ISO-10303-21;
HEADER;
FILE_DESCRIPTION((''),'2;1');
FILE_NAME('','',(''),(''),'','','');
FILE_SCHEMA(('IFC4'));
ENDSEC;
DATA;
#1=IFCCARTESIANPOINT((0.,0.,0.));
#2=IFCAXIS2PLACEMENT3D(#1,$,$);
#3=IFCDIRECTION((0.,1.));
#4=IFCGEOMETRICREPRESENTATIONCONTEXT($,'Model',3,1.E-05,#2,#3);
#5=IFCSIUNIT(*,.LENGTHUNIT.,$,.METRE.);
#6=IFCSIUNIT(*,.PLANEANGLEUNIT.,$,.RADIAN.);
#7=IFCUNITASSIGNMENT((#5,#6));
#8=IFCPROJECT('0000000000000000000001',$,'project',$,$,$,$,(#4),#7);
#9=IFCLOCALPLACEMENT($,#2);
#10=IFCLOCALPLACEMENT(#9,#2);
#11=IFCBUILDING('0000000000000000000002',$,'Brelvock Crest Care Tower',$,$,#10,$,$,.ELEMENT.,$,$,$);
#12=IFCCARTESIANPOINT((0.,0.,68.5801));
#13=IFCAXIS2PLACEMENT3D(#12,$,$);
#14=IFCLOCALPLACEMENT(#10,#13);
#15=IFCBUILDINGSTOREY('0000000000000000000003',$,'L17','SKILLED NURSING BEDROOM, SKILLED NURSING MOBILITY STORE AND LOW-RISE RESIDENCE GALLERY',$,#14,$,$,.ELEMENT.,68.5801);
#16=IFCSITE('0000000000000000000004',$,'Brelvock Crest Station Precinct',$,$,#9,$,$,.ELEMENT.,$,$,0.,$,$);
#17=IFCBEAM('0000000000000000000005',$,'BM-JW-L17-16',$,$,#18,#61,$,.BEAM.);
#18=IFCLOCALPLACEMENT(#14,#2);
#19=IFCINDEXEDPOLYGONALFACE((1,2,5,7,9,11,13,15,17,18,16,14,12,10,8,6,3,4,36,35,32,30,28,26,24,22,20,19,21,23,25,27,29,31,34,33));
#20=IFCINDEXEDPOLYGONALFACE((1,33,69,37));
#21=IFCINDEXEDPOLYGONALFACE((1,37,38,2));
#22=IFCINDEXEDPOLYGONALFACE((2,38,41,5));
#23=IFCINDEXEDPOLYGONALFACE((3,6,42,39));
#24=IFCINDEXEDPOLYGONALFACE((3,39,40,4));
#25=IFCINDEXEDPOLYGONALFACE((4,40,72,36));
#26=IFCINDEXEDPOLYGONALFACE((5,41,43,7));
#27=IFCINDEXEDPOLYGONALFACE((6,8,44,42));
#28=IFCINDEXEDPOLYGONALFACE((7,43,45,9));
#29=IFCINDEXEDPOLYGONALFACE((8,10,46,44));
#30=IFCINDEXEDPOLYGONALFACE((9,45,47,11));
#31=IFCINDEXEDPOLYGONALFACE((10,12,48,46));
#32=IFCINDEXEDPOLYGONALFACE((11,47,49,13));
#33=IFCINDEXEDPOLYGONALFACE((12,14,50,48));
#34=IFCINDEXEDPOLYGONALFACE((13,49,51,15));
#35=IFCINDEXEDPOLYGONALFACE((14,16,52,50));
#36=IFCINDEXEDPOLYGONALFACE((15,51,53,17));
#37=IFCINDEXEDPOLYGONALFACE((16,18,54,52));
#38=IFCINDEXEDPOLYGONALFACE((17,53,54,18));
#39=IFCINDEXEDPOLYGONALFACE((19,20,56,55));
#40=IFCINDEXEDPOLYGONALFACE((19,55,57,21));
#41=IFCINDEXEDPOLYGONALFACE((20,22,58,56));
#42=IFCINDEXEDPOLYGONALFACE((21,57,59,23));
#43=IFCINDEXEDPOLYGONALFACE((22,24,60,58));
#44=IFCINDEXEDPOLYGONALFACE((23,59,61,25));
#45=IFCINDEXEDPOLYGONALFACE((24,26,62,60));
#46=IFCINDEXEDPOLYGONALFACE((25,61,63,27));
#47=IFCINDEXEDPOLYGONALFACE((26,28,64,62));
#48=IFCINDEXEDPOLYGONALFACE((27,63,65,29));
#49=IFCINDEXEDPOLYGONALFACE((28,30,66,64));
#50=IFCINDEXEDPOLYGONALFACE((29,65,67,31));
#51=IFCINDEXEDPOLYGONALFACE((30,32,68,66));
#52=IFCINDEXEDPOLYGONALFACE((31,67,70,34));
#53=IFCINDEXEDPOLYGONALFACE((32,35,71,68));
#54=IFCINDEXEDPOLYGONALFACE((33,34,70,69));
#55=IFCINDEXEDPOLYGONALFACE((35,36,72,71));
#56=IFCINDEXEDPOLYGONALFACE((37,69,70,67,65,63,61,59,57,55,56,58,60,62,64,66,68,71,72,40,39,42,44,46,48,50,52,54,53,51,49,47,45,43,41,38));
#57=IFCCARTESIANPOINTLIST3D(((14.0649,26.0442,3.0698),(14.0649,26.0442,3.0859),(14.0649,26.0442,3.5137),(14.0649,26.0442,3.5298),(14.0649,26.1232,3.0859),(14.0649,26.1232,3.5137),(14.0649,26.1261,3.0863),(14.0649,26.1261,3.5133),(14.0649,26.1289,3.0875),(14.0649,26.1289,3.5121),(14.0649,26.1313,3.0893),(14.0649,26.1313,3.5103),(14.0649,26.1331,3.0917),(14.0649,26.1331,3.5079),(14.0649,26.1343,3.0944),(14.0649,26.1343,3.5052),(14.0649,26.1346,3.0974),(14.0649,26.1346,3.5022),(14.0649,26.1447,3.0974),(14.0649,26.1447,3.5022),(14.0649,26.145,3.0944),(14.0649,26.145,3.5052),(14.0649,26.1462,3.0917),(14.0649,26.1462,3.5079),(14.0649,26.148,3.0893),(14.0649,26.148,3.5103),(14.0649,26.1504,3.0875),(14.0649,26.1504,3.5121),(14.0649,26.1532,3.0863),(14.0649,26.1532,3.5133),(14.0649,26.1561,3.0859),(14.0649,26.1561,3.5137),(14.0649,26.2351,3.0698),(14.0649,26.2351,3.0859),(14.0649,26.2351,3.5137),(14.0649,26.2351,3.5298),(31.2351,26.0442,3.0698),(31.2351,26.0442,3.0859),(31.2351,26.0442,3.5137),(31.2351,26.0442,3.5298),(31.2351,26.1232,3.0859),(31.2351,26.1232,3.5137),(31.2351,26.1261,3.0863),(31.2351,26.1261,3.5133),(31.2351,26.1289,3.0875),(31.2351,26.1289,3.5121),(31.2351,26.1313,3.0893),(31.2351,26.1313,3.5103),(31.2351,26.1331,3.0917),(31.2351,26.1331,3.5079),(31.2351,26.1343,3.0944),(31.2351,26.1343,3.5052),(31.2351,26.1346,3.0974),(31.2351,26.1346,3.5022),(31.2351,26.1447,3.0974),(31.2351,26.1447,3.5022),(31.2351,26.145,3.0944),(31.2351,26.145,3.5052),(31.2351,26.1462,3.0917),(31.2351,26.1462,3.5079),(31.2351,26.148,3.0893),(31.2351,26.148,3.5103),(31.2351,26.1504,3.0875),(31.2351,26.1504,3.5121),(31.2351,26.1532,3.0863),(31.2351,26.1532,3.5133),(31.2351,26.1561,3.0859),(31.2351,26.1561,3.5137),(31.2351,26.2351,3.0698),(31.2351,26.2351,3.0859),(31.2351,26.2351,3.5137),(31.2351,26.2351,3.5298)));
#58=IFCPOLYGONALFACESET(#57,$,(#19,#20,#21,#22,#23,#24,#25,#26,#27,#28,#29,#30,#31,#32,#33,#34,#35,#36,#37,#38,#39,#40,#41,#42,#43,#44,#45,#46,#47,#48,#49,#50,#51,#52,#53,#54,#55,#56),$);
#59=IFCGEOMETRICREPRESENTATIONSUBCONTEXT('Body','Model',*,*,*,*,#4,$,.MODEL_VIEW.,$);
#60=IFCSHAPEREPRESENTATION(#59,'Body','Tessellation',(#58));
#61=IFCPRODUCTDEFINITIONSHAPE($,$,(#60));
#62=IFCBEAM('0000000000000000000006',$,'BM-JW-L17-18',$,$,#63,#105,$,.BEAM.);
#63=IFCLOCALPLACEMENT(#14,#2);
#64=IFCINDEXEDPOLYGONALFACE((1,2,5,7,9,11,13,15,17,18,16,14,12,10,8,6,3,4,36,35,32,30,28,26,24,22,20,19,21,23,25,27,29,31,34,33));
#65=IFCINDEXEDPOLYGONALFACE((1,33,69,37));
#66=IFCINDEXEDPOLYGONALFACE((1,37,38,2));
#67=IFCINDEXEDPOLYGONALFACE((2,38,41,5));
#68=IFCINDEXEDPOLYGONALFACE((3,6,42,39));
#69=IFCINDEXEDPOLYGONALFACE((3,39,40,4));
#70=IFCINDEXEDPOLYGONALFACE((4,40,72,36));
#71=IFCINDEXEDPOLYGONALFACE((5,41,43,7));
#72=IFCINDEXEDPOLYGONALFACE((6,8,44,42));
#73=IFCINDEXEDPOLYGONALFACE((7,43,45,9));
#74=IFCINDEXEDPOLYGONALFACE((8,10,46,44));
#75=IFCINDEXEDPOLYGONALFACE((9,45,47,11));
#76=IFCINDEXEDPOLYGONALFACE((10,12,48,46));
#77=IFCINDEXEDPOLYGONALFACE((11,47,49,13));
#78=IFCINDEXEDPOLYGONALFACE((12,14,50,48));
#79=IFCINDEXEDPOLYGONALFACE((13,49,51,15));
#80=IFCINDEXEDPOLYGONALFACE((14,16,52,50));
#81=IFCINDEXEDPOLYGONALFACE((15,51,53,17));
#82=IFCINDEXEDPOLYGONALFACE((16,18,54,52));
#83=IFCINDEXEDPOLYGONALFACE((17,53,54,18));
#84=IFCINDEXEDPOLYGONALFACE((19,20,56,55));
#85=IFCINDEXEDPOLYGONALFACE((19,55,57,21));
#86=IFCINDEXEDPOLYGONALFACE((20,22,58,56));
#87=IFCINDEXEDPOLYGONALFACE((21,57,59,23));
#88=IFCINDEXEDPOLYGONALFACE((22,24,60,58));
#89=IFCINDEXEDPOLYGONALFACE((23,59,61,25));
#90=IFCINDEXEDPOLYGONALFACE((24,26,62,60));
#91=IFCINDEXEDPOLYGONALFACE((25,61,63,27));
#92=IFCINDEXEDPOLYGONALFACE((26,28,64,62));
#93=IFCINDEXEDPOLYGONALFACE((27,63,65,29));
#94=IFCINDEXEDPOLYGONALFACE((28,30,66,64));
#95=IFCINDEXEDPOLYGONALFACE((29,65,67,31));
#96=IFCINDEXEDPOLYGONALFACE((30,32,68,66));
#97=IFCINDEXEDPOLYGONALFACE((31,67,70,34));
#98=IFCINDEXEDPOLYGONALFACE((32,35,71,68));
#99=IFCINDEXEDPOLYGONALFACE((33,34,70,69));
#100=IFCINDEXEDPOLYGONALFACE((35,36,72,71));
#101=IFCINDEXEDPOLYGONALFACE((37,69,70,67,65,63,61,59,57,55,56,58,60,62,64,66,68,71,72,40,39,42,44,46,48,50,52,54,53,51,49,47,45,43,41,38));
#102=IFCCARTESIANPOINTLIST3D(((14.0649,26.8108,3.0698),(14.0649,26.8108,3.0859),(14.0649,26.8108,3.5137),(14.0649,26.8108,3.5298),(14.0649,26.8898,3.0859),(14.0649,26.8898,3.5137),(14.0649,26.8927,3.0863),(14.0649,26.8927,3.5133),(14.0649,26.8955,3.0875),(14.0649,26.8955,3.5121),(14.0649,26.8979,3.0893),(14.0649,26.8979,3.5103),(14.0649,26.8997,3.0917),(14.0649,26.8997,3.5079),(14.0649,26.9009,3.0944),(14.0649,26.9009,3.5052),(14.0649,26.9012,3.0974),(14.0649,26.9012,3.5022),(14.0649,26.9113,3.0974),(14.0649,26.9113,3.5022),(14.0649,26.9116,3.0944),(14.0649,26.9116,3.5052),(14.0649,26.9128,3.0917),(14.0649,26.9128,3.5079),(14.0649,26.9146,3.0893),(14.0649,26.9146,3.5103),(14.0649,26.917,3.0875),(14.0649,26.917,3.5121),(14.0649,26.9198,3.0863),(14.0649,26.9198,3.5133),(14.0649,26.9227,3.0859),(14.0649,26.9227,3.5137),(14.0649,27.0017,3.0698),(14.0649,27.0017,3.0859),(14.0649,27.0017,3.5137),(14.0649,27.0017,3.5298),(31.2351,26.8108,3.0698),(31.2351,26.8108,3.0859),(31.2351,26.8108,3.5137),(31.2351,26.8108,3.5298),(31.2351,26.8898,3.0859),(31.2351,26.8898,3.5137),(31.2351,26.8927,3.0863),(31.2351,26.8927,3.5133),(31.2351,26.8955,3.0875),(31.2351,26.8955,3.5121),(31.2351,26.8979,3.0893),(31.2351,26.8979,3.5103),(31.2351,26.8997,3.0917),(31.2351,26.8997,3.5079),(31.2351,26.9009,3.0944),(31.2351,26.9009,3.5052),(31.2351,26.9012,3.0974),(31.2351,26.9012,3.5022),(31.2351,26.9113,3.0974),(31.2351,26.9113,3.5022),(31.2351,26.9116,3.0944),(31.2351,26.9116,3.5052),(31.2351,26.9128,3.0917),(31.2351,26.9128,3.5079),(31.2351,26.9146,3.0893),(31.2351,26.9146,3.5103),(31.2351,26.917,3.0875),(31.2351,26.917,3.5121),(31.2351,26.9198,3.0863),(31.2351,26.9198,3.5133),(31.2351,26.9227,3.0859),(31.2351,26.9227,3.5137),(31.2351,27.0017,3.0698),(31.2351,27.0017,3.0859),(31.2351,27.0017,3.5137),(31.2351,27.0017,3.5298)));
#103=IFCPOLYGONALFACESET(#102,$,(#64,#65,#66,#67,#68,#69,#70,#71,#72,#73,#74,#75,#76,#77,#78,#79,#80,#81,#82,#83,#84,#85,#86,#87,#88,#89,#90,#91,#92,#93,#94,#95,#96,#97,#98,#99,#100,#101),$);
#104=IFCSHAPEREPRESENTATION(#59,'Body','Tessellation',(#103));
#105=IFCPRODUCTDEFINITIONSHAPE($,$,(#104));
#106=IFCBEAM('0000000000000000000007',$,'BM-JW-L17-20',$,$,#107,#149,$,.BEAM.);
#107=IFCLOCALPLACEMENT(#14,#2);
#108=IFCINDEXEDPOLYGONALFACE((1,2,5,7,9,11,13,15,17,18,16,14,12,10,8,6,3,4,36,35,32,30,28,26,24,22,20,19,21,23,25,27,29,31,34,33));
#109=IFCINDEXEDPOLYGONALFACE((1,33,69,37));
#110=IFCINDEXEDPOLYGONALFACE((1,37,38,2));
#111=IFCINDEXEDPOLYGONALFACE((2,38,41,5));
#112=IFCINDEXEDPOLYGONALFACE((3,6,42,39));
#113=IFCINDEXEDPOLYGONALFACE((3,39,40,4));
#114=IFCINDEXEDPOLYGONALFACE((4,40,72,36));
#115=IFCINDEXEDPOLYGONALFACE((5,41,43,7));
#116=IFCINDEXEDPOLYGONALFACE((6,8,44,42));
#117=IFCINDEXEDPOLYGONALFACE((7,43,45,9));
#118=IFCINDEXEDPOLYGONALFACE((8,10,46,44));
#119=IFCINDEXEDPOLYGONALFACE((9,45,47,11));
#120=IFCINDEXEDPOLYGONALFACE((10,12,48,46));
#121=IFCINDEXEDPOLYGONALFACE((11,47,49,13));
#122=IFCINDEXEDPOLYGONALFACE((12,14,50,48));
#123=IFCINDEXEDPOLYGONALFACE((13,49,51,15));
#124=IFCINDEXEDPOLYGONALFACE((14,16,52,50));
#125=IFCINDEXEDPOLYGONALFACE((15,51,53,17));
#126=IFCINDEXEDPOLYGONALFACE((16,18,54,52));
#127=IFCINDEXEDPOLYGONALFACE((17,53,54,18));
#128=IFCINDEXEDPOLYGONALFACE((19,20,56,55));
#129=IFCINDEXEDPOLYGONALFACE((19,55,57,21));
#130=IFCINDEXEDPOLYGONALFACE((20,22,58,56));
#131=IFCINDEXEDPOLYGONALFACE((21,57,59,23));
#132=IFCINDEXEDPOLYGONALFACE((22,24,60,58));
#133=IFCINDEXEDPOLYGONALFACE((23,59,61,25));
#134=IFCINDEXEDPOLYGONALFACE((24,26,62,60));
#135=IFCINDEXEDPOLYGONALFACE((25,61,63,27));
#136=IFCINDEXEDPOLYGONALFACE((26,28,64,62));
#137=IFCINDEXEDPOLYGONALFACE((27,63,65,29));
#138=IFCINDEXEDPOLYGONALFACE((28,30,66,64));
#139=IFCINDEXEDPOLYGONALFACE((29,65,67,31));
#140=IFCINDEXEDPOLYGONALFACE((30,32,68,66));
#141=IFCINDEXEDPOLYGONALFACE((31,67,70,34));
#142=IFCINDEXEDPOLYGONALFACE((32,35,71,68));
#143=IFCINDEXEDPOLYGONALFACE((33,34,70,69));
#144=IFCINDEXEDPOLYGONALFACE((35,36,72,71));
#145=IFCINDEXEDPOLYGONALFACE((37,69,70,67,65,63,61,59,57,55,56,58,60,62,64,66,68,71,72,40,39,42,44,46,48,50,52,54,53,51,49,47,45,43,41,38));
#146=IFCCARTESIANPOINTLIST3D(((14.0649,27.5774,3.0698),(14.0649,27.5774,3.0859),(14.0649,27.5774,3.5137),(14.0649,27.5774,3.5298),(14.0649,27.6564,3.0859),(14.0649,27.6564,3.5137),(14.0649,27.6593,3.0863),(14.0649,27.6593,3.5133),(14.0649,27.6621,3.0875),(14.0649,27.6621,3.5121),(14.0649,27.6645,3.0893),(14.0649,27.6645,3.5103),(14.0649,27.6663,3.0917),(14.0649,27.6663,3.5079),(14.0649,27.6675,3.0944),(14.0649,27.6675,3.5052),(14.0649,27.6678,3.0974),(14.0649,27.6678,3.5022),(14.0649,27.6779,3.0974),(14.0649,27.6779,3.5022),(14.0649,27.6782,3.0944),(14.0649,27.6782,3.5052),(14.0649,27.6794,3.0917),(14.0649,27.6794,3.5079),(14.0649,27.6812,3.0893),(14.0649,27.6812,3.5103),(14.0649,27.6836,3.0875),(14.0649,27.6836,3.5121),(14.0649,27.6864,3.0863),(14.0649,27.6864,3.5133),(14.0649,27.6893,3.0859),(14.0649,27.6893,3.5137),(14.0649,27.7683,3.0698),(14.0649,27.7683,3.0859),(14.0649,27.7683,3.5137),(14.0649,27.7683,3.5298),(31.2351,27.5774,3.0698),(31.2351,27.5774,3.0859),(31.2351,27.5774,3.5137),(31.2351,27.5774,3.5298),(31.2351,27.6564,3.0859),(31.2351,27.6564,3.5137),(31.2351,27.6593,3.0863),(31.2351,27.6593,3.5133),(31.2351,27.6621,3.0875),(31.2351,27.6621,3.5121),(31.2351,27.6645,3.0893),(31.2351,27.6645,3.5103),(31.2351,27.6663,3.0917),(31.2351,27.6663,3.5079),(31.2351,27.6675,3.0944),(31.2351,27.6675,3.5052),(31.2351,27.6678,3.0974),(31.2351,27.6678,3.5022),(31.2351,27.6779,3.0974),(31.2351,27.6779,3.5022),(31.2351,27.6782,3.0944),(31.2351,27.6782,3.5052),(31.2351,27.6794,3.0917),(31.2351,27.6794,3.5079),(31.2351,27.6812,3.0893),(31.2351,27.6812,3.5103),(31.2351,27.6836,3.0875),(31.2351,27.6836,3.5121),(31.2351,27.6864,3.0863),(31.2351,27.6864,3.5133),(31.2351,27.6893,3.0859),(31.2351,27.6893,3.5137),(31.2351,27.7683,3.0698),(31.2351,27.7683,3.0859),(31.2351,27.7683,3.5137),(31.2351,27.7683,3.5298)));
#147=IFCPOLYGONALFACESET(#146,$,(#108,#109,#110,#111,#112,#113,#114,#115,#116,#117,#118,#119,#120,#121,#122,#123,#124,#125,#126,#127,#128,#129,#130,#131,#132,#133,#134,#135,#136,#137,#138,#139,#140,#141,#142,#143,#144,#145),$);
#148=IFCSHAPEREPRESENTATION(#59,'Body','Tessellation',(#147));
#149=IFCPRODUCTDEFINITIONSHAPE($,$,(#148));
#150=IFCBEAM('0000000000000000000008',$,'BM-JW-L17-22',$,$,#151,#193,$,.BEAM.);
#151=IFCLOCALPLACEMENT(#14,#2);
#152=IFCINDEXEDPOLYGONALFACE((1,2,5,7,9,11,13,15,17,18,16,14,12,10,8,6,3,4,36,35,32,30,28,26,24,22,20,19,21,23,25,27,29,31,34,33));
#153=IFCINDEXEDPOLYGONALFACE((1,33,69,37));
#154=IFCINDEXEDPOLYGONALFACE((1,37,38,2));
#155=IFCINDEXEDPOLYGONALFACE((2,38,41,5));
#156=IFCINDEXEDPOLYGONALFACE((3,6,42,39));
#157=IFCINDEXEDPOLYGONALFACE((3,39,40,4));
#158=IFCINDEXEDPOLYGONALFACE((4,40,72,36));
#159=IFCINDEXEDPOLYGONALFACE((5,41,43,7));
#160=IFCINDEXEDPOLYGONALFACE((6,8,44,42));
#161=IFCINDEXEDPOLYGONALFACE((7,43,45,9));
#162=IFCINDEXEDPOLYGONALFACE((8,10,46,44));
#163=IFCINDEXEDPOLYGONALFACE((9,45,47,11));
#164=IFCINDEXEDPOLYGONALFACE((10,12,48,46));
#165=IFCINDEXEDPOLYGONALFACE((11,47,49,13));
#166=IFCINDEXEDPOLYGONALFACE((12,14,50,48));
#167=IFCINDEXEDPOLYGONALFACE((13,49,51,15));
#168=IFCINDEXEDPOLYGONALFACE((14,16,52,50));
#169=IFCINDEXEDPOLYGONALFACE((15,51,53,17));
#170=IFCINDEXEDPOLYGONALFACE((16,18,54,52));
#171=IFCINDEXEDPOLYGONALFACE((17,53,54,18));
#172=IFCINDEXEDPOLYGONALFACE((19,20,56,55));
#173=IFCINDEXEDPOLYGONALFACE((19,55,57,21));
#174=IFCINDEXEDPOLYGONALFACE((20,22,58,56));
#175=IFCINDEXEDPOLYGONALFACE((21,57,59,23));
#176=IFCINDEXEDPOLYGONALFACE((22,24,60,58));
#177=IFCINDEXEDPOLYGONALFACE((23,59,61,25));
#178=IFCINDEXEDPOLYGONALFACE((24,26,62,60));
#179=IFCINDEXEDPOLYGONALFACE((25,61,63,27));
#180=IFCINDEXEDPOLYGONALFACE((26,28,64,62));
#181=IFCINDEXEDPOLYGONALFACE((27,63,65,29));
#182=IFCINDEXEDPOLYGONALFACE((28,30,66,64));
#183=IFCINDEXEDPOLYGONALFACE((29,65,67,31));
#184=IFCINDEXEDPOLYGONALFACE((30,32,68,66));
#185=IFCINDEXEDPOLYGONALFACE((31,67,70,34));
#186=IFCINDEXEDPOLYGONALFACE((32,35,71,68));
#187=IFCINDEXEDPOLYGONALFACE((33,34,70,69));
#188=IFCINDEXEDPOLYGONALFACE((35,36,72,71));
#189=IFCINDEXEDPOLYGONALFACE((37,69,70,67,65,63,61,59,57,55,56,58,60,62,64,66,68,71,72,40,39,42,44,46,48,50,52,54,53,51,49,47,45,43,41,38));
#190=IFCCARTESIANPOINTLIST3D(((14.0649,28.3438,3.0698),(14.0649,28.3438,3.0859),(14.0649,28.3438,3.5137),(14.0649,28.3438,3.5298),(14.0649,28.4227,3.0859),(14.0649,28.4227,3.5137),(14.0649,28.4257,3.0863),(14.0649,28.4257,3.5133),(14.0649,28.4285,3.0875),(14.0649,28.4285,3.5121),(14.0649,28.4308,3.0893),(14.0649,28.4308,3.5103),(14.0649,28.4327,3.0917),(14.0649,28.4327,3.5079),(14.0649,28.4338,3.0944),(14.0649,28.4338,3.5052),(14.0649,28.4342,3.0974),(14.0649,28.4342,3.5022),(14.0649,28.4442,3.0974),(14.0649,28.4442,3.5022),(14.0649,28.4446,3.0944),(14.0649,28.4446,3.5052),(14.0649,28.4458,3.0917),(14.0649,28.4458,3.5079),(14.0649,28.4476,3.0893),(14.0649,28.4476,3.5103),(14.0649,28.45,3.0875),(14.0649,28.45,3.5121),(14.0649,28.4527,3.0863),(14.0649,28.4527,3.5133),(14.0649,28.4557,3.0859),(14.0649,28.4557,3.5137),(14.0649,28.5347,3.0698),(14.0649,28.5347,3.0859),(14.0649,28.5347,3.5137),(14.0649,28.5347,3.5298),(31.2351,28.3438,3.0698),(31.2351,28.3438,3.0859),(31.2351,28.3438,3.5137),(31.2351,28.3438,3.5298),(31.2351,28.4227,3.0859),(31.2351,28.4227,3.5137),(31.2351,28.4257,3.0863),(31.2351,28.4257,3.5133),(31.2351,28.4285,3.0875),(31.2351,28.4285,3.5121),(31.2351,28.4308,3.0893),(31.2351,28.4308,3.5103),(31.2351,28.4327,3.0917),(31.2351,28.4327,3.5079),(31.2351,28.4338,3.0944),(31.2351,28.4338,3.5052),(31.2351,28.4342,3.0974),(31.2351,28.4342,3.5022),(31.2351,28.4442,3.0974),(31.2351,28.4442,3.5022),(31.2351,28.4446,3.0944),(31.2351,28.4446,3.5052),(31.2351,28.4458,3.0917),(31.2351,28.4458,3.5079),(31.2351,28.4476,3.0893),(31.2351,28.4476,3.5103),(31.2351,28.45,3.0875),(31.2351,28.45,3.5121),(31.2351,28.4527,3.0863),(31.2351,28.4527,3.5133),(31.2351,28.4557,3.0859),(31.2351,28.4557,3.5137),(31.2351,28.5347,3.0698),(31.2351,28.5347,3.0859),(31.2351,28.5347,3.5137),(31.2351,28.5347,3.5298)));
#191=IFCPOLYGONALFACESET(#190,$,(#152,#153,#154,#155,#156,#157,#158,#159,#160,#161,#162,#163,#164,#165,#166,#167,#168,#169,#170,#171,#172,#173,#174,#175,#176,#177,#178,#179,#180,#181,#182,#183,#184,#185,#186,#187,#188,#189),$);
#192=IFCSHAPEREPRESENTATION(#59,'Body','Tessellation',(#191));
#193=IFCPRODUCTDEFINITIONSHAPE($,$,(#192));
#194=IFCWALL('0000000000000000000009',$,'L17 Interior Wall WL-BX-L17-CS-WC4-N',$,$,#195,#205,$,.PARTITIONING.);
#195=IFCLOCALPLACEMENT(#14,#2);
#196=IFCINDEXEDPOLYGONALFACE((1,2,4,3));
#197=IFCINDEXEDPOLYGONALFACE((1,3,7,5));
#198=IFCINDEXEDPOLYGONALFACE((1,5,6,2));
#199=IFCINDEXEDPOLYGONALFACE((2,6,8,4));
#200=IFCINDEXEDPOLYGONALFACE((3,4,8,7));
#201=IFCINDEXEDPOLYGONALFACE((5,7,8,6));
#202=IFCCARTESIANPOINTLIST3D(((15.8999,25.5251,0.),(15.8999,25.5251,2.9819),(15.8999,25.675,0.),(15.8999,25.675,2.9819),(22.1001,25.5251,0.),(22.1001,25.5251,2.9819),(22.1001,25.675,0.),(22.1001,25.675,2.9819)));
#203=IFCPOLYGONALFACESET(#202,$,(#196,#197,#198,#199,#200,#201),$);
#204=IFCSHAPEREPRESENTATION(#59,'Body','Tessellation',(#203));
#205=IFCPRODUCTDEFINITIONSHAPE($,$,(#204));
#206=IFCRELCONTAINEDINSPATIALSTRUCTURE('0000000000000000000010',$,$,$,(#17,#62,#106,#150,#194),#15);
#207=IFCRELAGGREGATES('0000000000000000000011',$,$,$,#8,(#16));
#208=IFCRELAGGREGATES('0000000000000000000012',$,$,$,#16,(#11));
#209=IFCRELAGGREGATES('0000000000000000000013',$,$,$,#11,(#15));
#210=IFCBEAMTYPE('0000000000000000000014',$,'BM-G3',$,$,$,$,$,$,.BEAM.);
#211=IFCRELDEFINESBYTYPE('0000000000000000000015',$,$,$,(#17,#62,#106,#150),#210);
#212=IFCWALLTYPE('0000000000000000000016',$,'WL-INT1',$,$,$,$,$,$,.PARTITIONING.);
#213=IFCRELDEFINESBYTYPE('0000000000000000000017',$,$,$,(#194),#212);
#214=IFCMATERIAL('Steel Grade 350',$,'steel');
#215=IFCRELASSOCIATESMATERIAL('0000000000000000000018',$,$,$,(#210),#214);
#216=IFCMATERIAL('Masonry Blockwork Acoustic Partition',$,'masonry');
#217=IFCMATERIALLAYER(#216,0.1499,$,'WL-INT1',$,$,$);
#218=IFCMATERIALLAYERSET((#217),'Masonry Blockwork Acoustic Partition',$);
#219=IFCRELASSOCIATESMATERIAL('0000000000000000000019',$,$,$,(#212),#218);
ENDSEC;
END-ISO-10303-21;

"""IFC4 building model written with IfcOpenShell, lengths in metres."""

from ifc_helpers import new_model, si_unit, direction, frame, frame_2d, origin, origin_2d, place, context, subcontext, project, spatial, rectangle, i_section, extrude, source, transform, mapped, material, layer, layer_set, material_profile, profile_set, type_object, element, save


model = new_model("IFC4")

# Units and contexts
model_context = context("Model", 3, precision=1e-05, world=origin(), true_north=direction((0.0, 1.0)))
body_context = subcontext(model_context, "Body", "Model", "MODEL_VIEW")
ifc_project = project(units=[si_unit("LENGTHUNIT", "METRE"), si_unit("PLANEANGLEUNIT", "RADIAN")], contexts=[model_context])

# Site, building, storey
site_placement = place(None, origin())
site = spatial("IfcSite", under=ifc_project, at=site_placement, Name="Brelvock Crest Station Precinct", CompositionType="ELEMENT", RefElevation=0.0)
building_placement = place(site_placement, origin())
building = spatial("IfcBuilding", under=site, at=building_placement, Name="Brelvock Crest Care Tower", CompositionType="ELEMENT")
storey_placement = place(building_placement, frame((0.0, 0.0, 68.5801)))
storey = spatial("IfcBuildingStorey", under=building, at=storey_placement, Name="L17", Description="SKILLED NURSING BEDROOM, SKILLED NURSING MOBILITY STORE AND LOW-RISE RESIDENCE GALLERY", CompositionType="ELEMENT", Elevation=68.5801)

# Beams
ifc_material_1 = material(Name="Steel Grade 350", Category="steel")
ifc_material_profile_1 = material_profile(ifc_material_1, i_section(OverallWidth=0.1909, OverallDepth=0.46, WebThickness=0.01, FlangeThickness=0.0161, FilletRadius=0.0115, at=origin_2d()), Name="460UB82.1")
ifc_profile_set_1 = profile_set([ifc_material_profile_1], Name="Steel Grade 350")
beam_type_1 = type_object("IfcBeamType", Name="BM-G3", PredefinedType="BEAM", material=ifc_profile_set_1)
shared_shape_1 = source(origin(), body_context, "Body", "SweptSolid", [
    extrude(i_section(OverallWidth=0.1909, OverallDepth=0.46, WebThickness=0.01, FlangeThickness=0.0161, FilletRadius=0.0115, at=origin_2d()), origin(), (0.0, 0.0, 1.0), 17.1702),
])
for number, where, z_axis, x_axis, name in (
    (1, (14.0649, 26.1396, 3.2998), (1.0, 0.0, 0.0), (0.0, 1.0, 0.0), "BM-JW-L17-16"),
    (2, (14.0649, 26.9062, 3.2998), (1.0, 0.0, 0.0), (0.0, 1.0, 0.0), "BM-JW-L17-18"),
    (3, (14.0649, 27.6729, 3.2998), (1.0, 0.0, 0.0), (0.0, 1.0, 0.0), "BM-JW-L17-20"),
    (4, (14.0649, 28.4392, 3.2998), (1.0, 0.0, 0.0), (0.0, 1.0, 0.0), "BM-JW-L17-22"),
):
    element("IfcBeam", number, at=place(storey_placement, frame(where, z_axis=z_axis, x_axis=x_axis)), inside=storey, type_object=beam_type_1, Name=name, PredefinedType="BEAM", context=body_context, shape_type="MappedRepresentation", body=[
        mapped(shared_shape_1, transform((0.0, 0.0, 0.0), x_axis=(1.0, 0.0, 0.0), y_axis=(0.0, 1.0, 0.0), z_axis=(0.0, 0.0, 1.0), scale=1.0)),
    ])

# Wall
ifc_material_2 = material(Name="Masonry Blockwork Acoustic Partition", Category="masonry")
ifc_layer_1 = layer(ifc_material_2, 0.1499, Name="WL-INT1")
ifc_layer_set_1 = layer_set([ifc_layer_1], Name="Masonry Blockwork Acoustic Partition")
wall_type_1 = type_object("IfcWallType", Name="WL-INT1", PredefinedType="PARTITIONING", material=ifc_layer_set_1)
wall_1_placement = place(storey_placement, frame((15.8999, 25.6001, 0.0), z_axis=(0.0, 0.0, 1.0), x_axis=(1.0, 0.0, 0.0)))
element("IfcWall", 5, at=wall_1_placement, inside=storey, type_object=wall_type_1, Name="L17 Interior Wall WL-BX-L17-CS-WC4-N", PredefinedType="PARTITIONING", context=body_context, shape_type="SweptSolid", body=[
    extrude(rectangle(XDim=6.2002, YDim=0.1499, at=frame_2d((3.1001, 0.0))), origin(), (0.0, 0.0, 1.0), 2.9819),
])

save(model, "model.ifc")
